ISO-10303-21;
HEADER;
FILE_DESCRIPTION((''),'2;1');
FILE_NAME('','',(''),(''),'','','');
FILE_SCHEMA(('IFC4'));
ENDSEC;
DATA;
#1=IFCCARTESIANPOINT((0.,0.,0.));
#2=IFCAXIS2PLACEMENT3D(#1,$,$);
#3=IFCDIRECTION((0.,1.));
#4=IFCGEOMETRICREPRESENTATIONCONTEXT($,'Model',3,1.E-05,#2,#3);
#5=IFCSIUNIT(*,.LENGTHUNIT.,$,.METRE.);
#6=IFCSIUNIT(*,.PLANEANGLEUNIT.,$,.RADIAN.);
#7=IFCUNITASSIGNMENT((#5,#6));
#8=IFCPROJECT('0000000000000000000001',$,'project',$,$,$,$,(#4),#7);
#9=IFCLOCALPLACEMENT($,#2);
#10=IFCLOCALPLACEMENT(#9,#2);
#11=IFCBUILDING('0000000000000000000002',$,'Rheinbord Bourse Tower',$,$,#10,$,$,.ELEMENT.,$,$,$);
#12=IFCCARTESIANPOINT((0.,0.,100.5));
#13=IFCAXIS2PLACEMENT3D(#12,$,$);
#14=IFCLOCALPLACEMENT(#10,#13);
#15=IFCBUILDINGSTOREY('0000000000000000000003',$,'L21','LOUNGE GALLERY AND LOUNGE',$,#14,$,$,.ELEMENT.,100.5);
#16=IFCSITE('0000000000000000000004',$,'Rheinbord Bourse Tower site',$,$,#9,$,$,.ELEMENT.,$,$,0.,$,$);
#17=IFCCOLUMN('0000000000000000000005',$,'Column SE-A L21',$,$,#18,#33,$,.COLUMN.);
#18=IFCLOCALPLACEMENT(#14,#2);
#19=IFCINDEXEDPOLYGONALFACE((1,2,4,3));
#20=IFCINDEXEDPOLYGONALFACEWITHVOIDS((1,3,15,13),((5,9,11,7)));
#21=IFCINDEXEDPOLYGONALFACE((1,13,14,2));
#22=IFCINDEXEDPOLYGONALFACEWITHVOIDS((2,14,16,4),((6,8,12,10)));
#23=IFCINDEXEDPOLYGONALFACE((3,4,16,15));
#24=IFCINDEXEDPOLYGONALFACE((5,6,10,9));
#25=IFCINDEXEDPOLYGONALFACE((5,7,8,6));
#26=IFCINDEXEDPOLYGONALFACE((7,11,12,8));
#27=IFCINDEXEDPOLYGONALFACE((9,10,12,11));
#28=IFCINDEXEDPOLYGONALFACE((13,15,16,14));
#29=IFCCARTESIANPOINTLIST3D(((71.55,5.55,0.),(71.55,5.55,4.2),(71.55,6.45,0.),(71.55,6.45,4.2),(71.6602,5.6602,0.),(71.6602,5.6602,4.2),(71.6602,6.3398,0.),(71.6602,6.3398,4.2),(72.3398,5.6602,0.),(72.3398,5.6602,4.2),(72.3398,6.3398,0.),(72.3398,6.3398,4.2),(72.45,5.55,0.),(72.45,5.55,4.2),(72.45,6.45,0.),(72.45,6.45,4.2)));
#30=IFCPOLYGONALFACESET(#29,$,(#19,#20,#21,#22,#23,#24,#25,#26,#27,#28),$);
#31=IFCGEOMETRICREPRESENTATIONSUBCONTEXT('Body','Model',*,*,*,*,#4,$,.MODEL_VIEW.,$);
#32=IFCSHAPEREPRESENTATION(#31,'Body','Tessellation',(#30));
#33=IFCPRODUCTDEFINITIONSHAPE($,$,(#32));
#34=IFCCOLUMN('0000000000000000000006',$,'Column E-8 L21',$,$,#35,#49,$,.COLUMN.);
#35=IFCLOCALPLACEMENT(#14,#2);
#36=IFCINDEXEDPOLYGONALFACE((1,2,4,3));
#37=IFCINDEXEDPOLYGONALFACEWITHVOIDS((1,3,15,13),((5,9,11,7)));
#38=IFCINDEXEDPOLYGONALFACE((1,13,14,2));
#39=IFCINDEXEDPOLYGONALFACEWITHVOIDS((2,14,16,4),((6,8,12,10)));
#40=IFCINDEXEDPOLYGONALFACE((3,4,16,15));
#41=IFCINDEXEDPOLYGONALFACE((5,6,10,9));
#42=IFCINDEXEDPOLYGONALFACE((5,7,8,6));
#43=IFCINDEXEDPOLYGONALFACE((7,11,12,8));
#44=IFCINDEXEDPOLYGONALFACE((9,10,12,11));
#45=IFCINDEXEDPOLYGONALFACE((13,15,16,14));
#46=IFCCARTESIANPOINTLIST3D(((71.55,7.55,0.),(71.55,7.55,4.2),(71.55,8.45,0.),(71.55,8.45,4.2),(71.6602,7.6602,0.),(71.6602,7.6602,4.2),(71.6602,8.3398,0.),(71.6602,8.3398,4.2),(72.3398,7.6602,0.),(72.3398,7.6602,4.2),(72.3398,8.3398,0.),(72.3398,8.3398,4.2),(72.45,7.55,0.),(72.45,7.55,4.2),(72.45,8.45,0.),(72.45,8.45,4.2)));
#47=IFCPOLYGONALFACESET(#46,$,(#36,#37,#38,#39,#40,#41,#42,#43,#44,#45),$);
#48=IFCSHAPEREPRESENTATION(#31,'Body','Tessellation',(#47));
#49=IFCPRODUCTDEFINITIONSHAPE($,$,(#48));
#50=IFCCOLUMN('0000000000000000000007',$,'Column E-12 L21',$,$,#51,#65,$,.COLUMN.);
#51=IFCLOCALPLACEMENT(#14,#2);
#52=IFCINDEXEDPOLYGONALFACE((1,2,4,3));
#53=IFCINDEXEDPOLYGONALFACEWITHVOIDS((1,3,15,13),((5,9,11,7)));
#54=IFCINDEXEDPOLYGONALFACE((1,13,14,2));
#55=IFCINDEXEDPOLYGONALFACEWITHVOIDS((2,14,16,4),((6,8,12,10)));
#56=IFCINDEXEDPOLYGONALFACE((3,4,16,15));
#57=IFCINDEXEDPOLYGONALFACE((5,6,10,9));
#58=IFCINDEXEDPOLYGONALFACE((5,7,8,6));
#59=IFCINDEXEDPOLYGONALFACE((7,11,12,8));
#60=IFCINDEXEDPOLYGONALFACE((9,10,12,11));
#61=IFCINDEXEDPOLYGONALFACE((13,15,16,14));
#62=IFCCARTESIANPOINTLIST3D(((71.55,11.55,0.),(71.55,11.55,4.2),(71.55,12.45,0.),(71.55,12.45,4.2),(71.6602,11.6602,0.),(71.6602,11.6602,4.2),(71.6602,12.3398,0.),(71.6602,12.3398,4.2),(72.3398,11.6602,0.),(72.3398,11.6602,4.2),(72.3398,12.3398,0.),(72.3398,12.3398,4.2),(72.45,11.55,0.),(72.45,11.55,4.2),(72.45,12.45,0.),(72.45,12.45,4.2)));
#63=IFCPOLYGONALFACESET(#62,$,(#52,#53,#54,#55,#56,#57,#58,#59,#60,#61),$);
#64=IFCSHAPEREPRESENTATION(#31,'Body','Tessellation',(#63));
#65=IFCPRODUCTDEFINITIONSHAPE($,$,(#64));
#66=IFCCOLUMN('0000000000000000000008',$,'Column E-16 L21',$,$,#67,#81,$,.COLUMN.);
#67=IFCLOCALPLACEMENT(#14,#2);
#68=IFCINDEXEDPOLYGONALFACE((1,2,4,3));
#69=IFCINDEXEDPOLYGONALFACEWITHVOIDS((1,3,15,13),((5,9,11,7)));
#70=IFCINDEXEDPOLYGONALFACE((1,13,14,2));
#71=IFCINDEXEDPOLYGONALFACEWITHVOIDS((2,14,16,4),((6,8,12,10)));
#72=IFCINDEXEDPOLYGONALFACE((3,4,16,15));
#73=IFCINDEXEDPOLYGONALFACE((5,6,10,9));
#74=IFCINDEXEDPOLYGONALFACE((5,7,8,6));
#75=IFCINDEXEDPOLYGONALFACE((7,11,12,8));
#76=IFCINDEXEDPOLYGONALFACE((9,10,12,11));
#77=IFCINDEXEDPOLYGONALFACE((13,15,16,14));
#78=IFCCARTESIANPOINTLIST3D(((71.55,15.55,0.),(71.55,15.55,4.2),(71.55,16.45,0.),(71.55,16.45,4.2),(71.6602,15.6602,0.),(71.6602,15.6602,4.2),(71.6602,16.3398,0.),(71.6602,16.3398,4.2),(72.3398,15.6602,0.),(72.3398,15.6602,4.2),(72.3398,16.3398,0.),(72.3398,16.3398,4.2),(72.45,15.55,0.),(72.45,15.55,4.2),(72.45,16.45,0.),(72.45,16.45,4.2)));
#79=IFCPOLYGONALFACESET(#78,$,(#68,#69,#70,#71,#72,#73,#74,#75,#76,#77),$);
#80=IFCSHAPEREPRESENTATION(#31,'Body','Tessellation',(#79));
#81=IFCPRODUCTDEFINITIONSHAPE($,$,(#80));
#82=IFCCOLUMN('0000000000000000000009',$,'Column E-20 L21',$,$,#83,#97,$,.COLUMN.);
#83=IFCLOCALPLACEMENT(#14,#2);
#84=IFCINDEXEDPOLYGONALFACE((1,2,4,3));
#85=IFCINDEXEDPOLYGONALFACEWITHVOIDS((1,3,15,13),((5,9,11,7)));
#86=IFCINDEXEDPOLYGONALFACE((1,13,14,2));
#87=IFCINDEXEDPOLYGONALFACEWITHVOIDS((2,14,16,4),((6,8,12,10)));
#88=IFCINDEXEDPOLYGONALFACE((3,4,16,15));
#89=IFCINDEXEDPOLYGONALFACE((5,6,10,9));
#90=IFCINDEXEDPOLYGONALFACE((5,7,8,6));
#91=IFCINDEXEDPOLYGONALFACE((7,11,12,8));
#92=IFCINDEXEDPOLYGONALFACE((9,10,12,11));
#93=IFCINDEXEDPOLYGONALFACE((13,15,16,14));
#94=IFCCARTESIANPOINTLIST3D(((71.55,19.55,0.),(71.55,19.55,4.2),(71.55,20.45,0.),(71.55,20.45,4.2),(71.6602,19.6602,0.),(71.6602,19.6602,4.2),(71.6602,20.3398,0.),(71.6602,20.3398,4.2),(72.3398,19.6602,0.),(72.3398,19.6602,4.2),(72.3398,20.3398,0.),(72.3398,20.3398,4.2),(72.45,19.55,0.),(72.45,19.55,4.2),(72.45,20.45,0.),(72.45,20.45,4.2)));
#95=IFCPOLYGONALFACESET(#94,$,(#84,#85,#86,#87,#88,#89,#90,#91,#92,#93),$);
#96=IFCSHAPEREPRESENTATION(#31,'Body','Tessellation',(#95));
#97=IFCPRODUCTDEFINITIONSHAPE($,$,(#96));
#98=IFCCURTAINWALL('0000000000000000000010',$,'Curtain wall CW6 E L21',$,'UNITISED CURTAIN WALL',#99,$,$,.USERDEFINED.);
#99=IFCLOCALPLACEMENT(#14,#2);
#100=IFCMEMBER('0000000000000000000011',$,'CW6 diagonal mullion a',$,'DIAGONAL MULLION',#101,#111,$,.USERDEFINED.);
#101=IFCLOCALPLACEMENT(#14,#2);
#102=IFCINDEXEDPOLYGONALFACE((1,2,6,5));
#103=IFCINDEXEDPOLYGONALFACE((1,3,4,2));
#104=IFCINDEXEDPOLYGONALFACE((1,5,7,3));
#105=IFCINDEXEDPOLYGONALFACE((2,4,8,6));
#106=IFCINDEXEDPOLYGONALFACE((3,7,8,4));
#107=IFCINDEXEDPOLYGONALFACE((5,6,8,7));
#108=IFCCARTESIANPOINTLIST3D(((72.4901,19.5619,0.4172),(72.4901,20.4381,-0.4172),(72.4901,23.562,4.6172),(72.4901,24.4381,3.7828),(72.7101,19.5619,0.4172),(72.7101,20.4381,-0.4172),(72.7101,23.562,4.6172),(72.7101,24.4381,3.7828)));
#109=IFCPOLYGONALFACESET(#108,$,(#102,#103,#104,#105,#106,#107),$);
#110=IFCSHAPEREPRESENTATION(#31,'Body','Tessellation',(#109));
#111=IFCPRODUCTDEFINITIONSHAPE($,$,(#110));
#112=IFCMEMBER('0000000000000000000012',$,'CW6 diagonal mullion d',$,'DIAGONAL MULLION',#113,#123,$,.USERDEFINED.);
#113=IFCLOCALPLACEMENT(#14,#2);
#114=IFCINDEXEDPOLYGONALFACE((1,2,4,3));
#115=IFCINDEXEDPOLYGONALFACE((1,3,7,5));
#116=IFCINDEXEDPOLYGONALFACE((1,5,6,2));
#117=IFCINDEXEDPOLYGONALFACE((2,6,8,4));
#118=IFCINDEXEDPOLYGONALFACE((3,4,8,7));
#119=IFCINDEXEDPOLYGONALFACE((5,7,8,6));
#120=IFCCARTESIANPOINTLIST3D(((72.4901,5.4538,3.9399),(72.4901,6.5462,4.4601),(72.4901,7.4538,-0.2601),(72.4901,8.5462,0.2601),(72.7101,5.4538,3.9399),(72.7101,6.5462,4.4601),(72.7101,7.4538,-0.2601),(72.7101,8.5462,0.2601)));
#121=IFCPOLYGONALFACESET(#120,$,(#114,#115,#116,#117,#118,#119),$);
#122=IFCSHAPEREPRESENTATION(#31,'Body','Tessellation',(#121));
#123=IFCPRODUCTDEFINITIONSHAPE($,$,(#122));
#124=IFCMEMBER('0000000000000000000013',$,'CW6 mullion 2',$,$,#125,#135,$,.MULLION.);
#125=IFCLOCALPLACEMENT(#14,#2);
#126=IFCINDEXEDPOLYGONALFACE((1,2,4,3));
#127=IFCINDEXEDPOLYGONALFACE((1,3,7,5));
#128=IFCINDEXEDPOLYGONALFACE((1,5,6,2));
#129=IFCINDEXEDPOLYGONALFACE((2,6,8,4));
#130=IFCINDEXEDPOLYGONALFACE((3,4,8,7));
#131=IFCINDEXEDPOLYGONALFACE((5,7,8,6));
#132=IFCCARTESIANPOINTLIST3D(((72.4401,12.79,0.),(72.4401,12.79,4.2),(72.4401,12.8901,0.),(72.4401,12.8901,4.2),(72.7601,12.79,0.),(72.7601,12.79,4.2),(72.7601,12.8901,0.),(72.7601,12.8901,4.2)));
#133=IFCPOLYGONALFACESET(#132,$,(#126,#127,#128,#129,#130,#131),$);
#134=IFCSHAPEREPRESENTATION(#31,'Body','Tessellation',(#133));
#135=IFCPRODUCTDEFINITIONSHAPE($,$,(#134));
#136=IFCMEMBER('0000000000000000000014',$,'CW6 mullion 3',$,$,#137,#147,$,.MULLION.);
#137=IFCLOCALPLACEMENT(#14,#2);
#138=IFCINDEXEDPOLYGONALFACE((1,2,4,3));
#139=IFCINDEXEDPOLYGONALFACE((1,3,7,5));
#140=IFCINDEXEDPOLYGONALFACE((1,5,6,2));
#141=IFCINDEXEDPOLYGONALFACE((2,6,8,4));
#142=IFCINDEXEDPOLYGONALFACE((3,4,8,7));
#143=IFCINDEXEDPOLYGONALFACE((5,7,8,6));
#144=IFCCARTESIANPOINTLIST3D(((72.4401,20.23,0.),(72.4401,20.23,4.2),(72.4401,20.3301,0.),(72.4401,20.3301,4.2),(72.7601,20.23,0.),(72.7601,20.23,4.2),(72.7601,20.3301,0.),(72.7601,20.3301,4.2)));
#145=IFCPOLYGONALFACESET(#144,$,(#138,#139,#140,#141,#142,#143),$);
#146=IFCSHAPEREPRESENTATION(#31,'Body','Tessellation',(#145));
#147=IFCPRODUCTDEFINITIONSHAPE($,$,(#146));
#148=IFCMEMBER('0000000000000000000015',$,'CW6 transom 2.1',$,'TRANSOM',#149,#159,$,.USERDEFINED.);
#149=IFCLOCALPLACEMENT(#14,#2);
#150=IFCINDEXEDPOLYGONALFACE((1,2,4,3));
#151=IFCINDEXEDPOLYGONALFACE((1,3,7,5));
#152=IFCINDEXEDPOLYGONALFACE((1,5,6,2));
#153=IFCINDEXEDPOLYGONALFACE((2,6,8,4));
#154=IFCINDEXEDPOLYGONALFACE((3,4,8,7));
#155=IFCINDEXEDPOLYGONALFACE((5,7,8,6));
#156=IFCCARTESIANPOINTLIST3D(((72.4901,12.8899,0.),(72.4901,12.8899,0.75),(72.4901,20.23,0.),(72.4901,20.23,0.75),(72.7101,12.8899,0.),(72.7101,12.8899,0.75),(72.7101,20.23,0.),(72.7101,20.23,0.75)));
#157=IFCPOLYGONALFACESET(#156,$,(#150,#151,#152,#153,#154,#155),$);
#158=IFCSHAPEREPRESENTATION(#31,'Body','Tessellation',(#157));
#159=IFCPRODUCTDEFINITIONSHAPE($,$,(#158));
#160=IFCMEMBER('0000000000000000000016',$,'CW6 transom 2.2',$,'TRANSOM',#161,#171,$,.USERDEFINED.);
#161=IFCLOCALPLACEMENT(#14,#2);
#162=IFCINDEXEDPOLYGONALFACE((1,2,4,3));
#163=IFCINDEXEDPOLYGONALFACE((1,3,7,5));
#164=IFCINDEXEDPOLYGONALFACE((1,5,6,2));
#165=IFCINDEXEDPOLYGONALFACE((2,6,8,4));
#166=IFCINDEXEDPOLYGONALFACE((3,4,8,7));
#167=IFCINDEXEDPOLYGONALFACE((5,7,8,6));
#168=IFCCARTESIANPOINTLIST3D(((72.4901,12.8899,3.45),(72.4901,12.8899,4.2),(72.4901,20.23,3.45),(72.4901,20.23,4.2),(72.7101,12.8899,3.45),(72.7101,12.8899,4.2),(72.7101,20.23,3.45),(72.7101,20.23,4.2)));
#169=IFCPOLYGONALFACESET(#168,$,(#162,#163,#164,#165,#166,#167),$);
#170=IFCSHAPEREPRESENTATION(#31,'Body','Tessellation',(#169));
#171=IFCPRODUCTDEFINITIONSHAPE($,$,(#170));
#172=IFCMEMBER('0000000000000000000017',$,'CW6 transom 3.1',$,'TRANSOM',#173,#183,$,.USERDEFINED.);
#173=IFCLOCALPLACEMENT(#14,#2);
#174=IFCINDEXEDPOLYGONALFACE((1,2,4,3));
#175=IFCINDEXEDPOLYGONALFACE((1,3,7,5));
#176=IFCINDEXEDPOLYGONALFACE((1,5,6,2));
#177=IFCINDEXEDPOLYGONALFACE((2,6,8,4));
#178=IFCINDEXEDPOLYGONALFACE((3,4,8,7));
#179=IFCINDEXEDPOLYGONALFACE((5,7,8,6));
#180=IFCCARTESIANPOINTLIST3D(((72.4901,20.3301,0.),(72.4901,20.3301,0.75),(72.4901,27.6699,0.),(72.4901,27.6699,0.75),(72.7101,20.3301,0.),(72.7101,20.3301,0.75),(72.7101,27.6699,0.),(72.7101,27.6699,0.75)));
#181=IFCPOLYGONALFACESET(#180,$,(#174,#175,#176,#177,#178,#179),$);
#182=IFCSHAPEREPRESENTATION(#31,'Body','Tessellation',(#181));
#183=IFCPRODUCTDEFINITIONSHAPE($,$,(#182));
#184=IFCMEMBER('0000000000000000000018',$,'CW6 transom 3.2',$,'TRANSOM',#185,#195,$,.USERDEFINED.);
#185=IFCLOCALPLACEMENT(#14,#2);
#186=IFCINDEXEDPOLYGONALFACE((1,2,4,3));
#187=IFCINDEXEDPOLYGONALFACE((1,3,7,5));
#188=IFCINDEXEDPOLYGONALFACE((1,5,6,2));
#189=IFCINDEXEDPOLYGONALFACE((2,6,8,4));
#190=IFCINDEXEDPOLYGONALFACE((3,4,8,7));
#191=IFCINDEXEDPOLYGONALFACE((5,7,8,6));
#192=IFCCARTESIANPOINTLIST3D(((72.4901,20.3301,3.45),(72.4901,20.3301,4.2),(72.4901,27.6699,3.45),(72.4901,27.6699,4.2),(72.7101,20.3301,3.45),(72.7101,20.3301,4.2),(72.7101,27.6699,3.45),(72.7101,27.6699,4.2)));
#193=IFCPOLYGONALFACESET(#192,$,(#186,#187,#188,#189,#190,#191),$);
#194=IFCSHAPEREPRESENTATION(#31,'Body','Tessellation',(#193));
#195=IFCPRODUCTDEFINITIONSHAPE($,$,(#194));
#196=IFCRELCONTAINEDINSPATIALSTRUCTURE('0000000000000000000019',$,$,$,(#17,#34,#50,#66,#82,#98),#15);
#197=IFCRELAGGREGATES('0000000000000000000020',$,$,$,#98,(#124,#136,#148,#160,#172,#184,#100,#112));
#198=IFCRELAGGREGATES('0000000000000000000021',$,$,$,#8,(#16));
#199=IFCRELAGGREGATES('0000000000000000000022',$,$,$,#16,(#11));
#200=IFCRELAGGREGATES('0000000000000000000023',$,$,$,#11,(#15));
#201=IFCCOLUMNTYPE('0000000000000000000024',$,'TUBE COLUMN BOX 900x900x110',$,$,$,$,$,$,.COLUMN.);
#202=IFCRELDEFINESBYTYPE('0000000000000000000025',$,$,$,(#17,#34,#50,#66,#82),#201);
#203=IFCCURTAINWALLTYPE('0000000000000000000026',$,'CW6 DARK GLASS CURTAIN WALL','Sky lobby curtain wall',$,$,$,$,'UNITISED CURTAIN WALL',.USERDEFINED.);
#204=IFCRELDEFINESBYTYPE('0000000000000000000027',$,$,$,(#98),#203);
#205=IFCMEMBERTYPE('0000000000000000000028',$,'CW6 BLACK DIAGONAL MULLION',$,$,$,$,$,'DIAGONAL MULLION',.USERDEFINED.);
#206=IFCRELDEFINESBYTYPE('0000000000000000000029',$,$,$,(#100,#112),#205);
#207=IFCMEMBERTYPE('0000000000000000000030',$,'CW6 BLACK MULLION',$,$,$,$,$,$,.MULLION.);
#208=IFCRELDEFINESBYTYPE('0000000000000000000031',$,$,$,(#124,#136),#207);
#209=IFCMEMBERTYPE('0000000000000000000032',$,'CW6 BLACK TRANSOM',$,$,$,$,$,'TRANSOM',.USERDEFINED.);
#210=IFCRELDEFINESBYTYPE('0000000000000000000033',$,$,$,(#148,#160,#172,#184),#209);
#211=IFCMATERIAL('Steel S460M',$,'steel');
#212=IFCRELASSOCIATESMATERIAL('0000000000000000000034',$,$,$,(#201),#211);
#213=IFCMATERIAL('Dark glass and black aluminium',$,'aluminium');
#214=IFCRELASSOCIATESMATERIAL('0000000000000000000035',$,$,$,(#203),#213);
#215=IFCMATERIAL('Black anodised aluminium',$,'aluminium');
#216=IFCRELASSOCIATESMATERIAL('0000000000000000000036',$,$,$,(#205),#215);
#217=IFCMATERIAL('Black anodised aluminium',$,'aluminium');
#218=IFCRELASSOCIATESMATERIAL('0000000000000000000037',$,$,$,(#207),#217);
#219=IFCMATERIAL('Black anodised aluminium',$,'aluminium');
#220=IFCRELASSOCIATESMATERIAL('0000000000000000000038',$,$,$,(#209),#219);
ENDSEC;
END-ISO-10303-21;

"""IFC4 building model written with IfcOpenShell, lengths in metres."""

from ifc_helpers import new_model, si_unit, direction, frame, origin, origin_2d, place, context, subcontext, project, spatial, rectangle, hollow_rectangle, extrude, material, material_profile, profile_set, type_object, element, aggregate, save


model = new_model("IFC4")

# Units and contexts
model_context = context("Model", 3, precision=1e-05, world=origin(), true_north=direction((0.0, 1.0)))
body_context = subcontext(model_context, "Body", "Model", "MODEL_VIEW")
ifc_project = project(units=[si_unit("LENGTHUNIT", "METRE"), si_unit("PLANEANGLEUNIT", "RADIAN")], contexts=[model_context])

# Site, building, storey
site_placement = place(None, origin())
site = spatial("IfcSite", under=ifc_project, at=site_placement, Name="Rheinbord Bourse Tower site", CompositionType="ELEMENT", RefElevation=0.0)
building_placement = place(site_placement, origin())
building = spatial("IfcBuilding", under=site, at=building_placement, Name="Rheinbord Bourse Tower", CompositionType="ELEMENT")
storey_placement = place(building_placement, frame((0.0, 0.0, 100.5)))
storey = spatial("IfcBuildingStorey", under=building, at=storey_placement, Name="L21", Description="LOUNGE GALLERY AND LOUNGE", CompositionType="ELEMENT", Elevation=100.5)

# Columns
ifc_material_1 = material(Name="Steel S460M", Category="steel")
ifc_material_profile_1 = material_profile(ifc_material_1, hollow_rectangle(XDim=0.8999, YDim=0.8999, WallThickness=0.1101, at=origin_2d()), Name="BOX 900x900x110")
ifc_profile_set_1 = profile_set([ifc_material_profile_1], Name="Steel S460M")
column_type = type_object("IfcColumnType", Name="TUBE COLUMN BOX 900x900x110", PredefinedType="COLUMN", material=ifc_profile_set_1)
for number, where, z_axis, x_axis, name in (
    (1, (72.0, 6.0, 0.0), (0.0, 0.0, 1.0), (1.0, 0.0, 0.0), "Column SE-A L21"),
    (2, (72.0, 8.0, 0.0), (0.0, 0.0, 1.0), (1.0, 0.0, 0.0), "Column E-8 L21"),
    (3, (72.0, 12.0, 0.0), (0.0, 0.0, 1.0), (1.0, 0.0, 0.0), "Column E-12 L21"),
    (4, (72.0, 16.0, 0.0), (0.0, 0.0, 1.0), (1.0, 0.0, 0.0), "Column E-16 L21"),
    (5, (72.0, 20.0, 0.0), (0.0, 0.0, 1.0), (1.0, 0.0, 0.0), "Column E-20 L21"),
):
    element("IfcColumn", number, at=place(storey_placement, frame(where, z_axis=z_axis, x_axis=x_axis)), inside=storey, type_object=column_type, Name=name, PredefinedType="COLUMN", context=body_context, shape_type="SweptSolid", body=[
        extrude(hollow_rectangle(XDim=0.8999, YDim=0.8999, WallThickness=0.1101, at=origin_2d()), origin(), (0.0, 0.0, 1.0), 4.2),
    ])

# Curtain wall, members
ifc_material_2 = material(Name="Dark glass and black aluminium", Category="aluminium")
curtain_wall_type = type_object("IfcCurtainWallType", Name="CW6 DARK GLASS CURTAIN WALL", Description="Sky lobby curtain wall", ElementType="UNITISED CURTAIN WALL", PredefinedType="USERDEFINED", material=ifc_material_2)
curtain_wall_placement = place(storey_placement, origin())
curtain_wall = element("IfcCurtainWall", 6, at=curtain_wall_placement, inside=storey, type_object=curtain_wall_type, Name="Curtain wall CW6 E L21", ObjectType="UNITISED CURTAIN WALL", PredefinedType="USERDEFINED")
ifc_material_3 = material(Name="Black anodised aluminium", Category="aluminium")
ifc_material_profile_2 = material_profile(ifc_material_3, rectangle(XDim=0.22, YDim=1.21, at=origin_2d()), Name="CW6 DIAGONAL MULLION 1210x220")
ifc_profile_set_2 = profile_set([ifc_material_profile_2], Name="Black anodised aluminium")
member_type_1 = type_object("IfcMemberType", Name="CW6 BLACK DIAGONAL MULLION", ElementType="DIAGONAL MULLION", PredefinedType="USERDEFINED", material=ifc_profile_set_2)
member_1_placement = place(storey_placement, frame((72.6001, 20.0, 0.0), z_axis=(0.0, 0.689659, 0.724134), x_axis=(-1.0, 0.0, 0.0)))
member_1 = element("IfcMember", 7, at=member_1_placement, type_object=member_type_1, Name="CW6 diagonal mullion a", ObjectType="DIAGONAL MULLION", PredefinedType="USERDEFINED", context=body_context, shape_type="SweptSolid", body=[
    extrude(rectangle(XDim=0.22, YDim=1.21, at=origin_2d()), origin(), (0.0, 0.0, 1.0), 5.8),
])
member_2_placement = place(storey_placement, frame((72.6001, 8.0, 0.0), z_axis=(0.0, -0.429938, 0.902859), x_axis=(1.0, 0.0, 0.0)))
member_2 = element("IfcMember", 8, at=member_2_placement, type_object=member_type_1, Name="CW6 diagonal mullion d", ObjectType="DIAGONAL MULLION", PredefinedType="USERDEFINED", context=body_context, shape_type="SweptSolid", body=[
    extrude(rectangle(XDim=0.22, YDim=1.21, at=origin_2d()), origin(), (0.0, 0.0, 1.0), 4.6519),
])
ifc_material_4 = material(Name="Black anodised aluminium", Category="aluminium")
ifc_material_profile_3 = material_profile(ifc_material_4, rectangle(XDim=0.3201, YDim=0.1001, at=origin_2d()), Name="CW6 MULLION 100x320")
ifc_profile_set_3 = profile_set([ifc_material_profile_3], Name="Black anodised aluminium")
member_type_2 = type_object("IfcMemberType", Name="CW6 BLACK MULLION", PredefinedType="MULLION", material=ifc_profile_set_3)
member_3_placement = place(storey_placement, frame((72.6001, 12.8401, 0.0), z_axis=(0.0, 0.0, 1.0), x_axis=(-1.0, 0.0, 0.0)))
member_3 = element("IfcMember", 9, at=member_3_placement, type_object=member_type_2, Name="CW6 mullion 2", PredefinedType="MULLION", context=body_context, shape_type="SweptSolid", body=[
    extrude(rectangle(XDim=0.3201, YDim=0.1001, at=origin_2d()), origin(), (0.0, 0.0, 1.0), 4.2),
])
member_4_placement = place(storey_placement, frame((72.6001, 20.28, 0.0), z_axis=(0.0, 0.0, 1.0), x_axis=(-1.0, 0.0, 0.0)))
member_4 = element("IfcMember", 10, at=member_4_placement, type_object=member_type_2, Name="CW6 mullion 3", PredefinedType="MULLION", context=body_context, shape_type="SweptSolid", body=[
    extrude(rectangle(XDim=0.3201, YDim=0.1001, at=origin_2d()), origin(), (0.0, 0.0, 1.0), 4.2),
])
ifc_material_5 = material(Name="Black anodised aluminium", Category="aluminium")
ifc_material_profile_4 = material_profile(ifc_material_5, rectangle(XDim=0.22, YDim=0.75, at=origin_2d()), Name="CW6 TRANSOM 750x220")
ifc_profile_set_4 = profile_set([ifc_material_profile_4], Name="Black anodised aluminium")
member_type_3 = type_object("IfcMemberType", Name="CW6 BLACK TRANSOM", ElementType="TRANSOM", PredefinedType="USERDEFINED", material=ifc_profile_set_4)
member_5_placement = place(storey_placement, frame((72.6001, 12.8899, 0.375), z_axis=(0.0, 1.0, 0.0), x_axis=(-1.0, 0.0, 0.0)))
member_5 = element("IfcMember", 11, at=member_5_placement, type_object=member_type_3, Name="CW6 transom 2.1", ObjectType="TRANSOM", PredefinedType="USERDEFINED", context=body_context, shape_type="SweptSolid", body=[
    extrude(rectangle(XDim=0.22, YDim=0.75, at=origin_2d()), origin(), (0.0, 0.0, 1.0), 7.3401),
])
member_6_placement = place(storey_placement, frame((72.6001, 12.8899, 3.825), z_axis=(0.0, 1.0, 0.0), x_axis=(-1.0, 0.0, 0.0)))
member_6 = element("IfcMember", 12, at=member_6_placement, type_object=member_type_3, Name="CW6 transom 2.2", ObjectType="TRANSOM", PredefinedType="USERDEFINED", context=body_context, shape_type="SweptSolid", body=[
    extrude(rectangle(XDim=0.22, YDim=0.75, at=origin_2d()), origin(), (0.0, 0.0, 1.0), 7.3401),
])
member_7_placement = place(storey_placement, frame((72.6001, 20.3301, 0.375), z_axis=(0.0, 1.0, 0.0), x_axis=(-1.0, 0.0, 0.0)))
member_7 = element("IfcMember", 13, at=member_7_placement, type_object=member_type_3, Name="CW6 transom 3.1", ObjectType="TRANSOM", PredefinedType="USERDEFINED", context=body_context, shape_type="SweptSolid", body=[
    extrude(rectangle(XDim=0.22, YDim=0.75, at=origin_2d()), origin(), (0.0, 0.0, 1.0), 7.3398),
])
member_8_placement = place(storey_placement, frame((72.6001, 20.3301, 3.825), z_axis=(0.0, 1.0, 0.0), x_axis=(-1.0, 0.0, 0.0)))
member_8 = element("IfcMember", 14, at=member_8_placement, type_object=member_type_3, Name="CW6 transom 3.2", ObjectType="TRANSOM", PredefinedType="USERDEFINED", context=body_context, shape_type="SweptSolid", body=[
    extrude(rectangle(XDim=0.22, YDim=0.75, at=origin_2d()), origin(), (0.0, 0.0, 1.0), 7.3398),
])

aggregate(curtain_wall, [member_3, member_4, member_5, member_6, member_7, member_8, member_1, member_2])

save(model, "model.ifc")
